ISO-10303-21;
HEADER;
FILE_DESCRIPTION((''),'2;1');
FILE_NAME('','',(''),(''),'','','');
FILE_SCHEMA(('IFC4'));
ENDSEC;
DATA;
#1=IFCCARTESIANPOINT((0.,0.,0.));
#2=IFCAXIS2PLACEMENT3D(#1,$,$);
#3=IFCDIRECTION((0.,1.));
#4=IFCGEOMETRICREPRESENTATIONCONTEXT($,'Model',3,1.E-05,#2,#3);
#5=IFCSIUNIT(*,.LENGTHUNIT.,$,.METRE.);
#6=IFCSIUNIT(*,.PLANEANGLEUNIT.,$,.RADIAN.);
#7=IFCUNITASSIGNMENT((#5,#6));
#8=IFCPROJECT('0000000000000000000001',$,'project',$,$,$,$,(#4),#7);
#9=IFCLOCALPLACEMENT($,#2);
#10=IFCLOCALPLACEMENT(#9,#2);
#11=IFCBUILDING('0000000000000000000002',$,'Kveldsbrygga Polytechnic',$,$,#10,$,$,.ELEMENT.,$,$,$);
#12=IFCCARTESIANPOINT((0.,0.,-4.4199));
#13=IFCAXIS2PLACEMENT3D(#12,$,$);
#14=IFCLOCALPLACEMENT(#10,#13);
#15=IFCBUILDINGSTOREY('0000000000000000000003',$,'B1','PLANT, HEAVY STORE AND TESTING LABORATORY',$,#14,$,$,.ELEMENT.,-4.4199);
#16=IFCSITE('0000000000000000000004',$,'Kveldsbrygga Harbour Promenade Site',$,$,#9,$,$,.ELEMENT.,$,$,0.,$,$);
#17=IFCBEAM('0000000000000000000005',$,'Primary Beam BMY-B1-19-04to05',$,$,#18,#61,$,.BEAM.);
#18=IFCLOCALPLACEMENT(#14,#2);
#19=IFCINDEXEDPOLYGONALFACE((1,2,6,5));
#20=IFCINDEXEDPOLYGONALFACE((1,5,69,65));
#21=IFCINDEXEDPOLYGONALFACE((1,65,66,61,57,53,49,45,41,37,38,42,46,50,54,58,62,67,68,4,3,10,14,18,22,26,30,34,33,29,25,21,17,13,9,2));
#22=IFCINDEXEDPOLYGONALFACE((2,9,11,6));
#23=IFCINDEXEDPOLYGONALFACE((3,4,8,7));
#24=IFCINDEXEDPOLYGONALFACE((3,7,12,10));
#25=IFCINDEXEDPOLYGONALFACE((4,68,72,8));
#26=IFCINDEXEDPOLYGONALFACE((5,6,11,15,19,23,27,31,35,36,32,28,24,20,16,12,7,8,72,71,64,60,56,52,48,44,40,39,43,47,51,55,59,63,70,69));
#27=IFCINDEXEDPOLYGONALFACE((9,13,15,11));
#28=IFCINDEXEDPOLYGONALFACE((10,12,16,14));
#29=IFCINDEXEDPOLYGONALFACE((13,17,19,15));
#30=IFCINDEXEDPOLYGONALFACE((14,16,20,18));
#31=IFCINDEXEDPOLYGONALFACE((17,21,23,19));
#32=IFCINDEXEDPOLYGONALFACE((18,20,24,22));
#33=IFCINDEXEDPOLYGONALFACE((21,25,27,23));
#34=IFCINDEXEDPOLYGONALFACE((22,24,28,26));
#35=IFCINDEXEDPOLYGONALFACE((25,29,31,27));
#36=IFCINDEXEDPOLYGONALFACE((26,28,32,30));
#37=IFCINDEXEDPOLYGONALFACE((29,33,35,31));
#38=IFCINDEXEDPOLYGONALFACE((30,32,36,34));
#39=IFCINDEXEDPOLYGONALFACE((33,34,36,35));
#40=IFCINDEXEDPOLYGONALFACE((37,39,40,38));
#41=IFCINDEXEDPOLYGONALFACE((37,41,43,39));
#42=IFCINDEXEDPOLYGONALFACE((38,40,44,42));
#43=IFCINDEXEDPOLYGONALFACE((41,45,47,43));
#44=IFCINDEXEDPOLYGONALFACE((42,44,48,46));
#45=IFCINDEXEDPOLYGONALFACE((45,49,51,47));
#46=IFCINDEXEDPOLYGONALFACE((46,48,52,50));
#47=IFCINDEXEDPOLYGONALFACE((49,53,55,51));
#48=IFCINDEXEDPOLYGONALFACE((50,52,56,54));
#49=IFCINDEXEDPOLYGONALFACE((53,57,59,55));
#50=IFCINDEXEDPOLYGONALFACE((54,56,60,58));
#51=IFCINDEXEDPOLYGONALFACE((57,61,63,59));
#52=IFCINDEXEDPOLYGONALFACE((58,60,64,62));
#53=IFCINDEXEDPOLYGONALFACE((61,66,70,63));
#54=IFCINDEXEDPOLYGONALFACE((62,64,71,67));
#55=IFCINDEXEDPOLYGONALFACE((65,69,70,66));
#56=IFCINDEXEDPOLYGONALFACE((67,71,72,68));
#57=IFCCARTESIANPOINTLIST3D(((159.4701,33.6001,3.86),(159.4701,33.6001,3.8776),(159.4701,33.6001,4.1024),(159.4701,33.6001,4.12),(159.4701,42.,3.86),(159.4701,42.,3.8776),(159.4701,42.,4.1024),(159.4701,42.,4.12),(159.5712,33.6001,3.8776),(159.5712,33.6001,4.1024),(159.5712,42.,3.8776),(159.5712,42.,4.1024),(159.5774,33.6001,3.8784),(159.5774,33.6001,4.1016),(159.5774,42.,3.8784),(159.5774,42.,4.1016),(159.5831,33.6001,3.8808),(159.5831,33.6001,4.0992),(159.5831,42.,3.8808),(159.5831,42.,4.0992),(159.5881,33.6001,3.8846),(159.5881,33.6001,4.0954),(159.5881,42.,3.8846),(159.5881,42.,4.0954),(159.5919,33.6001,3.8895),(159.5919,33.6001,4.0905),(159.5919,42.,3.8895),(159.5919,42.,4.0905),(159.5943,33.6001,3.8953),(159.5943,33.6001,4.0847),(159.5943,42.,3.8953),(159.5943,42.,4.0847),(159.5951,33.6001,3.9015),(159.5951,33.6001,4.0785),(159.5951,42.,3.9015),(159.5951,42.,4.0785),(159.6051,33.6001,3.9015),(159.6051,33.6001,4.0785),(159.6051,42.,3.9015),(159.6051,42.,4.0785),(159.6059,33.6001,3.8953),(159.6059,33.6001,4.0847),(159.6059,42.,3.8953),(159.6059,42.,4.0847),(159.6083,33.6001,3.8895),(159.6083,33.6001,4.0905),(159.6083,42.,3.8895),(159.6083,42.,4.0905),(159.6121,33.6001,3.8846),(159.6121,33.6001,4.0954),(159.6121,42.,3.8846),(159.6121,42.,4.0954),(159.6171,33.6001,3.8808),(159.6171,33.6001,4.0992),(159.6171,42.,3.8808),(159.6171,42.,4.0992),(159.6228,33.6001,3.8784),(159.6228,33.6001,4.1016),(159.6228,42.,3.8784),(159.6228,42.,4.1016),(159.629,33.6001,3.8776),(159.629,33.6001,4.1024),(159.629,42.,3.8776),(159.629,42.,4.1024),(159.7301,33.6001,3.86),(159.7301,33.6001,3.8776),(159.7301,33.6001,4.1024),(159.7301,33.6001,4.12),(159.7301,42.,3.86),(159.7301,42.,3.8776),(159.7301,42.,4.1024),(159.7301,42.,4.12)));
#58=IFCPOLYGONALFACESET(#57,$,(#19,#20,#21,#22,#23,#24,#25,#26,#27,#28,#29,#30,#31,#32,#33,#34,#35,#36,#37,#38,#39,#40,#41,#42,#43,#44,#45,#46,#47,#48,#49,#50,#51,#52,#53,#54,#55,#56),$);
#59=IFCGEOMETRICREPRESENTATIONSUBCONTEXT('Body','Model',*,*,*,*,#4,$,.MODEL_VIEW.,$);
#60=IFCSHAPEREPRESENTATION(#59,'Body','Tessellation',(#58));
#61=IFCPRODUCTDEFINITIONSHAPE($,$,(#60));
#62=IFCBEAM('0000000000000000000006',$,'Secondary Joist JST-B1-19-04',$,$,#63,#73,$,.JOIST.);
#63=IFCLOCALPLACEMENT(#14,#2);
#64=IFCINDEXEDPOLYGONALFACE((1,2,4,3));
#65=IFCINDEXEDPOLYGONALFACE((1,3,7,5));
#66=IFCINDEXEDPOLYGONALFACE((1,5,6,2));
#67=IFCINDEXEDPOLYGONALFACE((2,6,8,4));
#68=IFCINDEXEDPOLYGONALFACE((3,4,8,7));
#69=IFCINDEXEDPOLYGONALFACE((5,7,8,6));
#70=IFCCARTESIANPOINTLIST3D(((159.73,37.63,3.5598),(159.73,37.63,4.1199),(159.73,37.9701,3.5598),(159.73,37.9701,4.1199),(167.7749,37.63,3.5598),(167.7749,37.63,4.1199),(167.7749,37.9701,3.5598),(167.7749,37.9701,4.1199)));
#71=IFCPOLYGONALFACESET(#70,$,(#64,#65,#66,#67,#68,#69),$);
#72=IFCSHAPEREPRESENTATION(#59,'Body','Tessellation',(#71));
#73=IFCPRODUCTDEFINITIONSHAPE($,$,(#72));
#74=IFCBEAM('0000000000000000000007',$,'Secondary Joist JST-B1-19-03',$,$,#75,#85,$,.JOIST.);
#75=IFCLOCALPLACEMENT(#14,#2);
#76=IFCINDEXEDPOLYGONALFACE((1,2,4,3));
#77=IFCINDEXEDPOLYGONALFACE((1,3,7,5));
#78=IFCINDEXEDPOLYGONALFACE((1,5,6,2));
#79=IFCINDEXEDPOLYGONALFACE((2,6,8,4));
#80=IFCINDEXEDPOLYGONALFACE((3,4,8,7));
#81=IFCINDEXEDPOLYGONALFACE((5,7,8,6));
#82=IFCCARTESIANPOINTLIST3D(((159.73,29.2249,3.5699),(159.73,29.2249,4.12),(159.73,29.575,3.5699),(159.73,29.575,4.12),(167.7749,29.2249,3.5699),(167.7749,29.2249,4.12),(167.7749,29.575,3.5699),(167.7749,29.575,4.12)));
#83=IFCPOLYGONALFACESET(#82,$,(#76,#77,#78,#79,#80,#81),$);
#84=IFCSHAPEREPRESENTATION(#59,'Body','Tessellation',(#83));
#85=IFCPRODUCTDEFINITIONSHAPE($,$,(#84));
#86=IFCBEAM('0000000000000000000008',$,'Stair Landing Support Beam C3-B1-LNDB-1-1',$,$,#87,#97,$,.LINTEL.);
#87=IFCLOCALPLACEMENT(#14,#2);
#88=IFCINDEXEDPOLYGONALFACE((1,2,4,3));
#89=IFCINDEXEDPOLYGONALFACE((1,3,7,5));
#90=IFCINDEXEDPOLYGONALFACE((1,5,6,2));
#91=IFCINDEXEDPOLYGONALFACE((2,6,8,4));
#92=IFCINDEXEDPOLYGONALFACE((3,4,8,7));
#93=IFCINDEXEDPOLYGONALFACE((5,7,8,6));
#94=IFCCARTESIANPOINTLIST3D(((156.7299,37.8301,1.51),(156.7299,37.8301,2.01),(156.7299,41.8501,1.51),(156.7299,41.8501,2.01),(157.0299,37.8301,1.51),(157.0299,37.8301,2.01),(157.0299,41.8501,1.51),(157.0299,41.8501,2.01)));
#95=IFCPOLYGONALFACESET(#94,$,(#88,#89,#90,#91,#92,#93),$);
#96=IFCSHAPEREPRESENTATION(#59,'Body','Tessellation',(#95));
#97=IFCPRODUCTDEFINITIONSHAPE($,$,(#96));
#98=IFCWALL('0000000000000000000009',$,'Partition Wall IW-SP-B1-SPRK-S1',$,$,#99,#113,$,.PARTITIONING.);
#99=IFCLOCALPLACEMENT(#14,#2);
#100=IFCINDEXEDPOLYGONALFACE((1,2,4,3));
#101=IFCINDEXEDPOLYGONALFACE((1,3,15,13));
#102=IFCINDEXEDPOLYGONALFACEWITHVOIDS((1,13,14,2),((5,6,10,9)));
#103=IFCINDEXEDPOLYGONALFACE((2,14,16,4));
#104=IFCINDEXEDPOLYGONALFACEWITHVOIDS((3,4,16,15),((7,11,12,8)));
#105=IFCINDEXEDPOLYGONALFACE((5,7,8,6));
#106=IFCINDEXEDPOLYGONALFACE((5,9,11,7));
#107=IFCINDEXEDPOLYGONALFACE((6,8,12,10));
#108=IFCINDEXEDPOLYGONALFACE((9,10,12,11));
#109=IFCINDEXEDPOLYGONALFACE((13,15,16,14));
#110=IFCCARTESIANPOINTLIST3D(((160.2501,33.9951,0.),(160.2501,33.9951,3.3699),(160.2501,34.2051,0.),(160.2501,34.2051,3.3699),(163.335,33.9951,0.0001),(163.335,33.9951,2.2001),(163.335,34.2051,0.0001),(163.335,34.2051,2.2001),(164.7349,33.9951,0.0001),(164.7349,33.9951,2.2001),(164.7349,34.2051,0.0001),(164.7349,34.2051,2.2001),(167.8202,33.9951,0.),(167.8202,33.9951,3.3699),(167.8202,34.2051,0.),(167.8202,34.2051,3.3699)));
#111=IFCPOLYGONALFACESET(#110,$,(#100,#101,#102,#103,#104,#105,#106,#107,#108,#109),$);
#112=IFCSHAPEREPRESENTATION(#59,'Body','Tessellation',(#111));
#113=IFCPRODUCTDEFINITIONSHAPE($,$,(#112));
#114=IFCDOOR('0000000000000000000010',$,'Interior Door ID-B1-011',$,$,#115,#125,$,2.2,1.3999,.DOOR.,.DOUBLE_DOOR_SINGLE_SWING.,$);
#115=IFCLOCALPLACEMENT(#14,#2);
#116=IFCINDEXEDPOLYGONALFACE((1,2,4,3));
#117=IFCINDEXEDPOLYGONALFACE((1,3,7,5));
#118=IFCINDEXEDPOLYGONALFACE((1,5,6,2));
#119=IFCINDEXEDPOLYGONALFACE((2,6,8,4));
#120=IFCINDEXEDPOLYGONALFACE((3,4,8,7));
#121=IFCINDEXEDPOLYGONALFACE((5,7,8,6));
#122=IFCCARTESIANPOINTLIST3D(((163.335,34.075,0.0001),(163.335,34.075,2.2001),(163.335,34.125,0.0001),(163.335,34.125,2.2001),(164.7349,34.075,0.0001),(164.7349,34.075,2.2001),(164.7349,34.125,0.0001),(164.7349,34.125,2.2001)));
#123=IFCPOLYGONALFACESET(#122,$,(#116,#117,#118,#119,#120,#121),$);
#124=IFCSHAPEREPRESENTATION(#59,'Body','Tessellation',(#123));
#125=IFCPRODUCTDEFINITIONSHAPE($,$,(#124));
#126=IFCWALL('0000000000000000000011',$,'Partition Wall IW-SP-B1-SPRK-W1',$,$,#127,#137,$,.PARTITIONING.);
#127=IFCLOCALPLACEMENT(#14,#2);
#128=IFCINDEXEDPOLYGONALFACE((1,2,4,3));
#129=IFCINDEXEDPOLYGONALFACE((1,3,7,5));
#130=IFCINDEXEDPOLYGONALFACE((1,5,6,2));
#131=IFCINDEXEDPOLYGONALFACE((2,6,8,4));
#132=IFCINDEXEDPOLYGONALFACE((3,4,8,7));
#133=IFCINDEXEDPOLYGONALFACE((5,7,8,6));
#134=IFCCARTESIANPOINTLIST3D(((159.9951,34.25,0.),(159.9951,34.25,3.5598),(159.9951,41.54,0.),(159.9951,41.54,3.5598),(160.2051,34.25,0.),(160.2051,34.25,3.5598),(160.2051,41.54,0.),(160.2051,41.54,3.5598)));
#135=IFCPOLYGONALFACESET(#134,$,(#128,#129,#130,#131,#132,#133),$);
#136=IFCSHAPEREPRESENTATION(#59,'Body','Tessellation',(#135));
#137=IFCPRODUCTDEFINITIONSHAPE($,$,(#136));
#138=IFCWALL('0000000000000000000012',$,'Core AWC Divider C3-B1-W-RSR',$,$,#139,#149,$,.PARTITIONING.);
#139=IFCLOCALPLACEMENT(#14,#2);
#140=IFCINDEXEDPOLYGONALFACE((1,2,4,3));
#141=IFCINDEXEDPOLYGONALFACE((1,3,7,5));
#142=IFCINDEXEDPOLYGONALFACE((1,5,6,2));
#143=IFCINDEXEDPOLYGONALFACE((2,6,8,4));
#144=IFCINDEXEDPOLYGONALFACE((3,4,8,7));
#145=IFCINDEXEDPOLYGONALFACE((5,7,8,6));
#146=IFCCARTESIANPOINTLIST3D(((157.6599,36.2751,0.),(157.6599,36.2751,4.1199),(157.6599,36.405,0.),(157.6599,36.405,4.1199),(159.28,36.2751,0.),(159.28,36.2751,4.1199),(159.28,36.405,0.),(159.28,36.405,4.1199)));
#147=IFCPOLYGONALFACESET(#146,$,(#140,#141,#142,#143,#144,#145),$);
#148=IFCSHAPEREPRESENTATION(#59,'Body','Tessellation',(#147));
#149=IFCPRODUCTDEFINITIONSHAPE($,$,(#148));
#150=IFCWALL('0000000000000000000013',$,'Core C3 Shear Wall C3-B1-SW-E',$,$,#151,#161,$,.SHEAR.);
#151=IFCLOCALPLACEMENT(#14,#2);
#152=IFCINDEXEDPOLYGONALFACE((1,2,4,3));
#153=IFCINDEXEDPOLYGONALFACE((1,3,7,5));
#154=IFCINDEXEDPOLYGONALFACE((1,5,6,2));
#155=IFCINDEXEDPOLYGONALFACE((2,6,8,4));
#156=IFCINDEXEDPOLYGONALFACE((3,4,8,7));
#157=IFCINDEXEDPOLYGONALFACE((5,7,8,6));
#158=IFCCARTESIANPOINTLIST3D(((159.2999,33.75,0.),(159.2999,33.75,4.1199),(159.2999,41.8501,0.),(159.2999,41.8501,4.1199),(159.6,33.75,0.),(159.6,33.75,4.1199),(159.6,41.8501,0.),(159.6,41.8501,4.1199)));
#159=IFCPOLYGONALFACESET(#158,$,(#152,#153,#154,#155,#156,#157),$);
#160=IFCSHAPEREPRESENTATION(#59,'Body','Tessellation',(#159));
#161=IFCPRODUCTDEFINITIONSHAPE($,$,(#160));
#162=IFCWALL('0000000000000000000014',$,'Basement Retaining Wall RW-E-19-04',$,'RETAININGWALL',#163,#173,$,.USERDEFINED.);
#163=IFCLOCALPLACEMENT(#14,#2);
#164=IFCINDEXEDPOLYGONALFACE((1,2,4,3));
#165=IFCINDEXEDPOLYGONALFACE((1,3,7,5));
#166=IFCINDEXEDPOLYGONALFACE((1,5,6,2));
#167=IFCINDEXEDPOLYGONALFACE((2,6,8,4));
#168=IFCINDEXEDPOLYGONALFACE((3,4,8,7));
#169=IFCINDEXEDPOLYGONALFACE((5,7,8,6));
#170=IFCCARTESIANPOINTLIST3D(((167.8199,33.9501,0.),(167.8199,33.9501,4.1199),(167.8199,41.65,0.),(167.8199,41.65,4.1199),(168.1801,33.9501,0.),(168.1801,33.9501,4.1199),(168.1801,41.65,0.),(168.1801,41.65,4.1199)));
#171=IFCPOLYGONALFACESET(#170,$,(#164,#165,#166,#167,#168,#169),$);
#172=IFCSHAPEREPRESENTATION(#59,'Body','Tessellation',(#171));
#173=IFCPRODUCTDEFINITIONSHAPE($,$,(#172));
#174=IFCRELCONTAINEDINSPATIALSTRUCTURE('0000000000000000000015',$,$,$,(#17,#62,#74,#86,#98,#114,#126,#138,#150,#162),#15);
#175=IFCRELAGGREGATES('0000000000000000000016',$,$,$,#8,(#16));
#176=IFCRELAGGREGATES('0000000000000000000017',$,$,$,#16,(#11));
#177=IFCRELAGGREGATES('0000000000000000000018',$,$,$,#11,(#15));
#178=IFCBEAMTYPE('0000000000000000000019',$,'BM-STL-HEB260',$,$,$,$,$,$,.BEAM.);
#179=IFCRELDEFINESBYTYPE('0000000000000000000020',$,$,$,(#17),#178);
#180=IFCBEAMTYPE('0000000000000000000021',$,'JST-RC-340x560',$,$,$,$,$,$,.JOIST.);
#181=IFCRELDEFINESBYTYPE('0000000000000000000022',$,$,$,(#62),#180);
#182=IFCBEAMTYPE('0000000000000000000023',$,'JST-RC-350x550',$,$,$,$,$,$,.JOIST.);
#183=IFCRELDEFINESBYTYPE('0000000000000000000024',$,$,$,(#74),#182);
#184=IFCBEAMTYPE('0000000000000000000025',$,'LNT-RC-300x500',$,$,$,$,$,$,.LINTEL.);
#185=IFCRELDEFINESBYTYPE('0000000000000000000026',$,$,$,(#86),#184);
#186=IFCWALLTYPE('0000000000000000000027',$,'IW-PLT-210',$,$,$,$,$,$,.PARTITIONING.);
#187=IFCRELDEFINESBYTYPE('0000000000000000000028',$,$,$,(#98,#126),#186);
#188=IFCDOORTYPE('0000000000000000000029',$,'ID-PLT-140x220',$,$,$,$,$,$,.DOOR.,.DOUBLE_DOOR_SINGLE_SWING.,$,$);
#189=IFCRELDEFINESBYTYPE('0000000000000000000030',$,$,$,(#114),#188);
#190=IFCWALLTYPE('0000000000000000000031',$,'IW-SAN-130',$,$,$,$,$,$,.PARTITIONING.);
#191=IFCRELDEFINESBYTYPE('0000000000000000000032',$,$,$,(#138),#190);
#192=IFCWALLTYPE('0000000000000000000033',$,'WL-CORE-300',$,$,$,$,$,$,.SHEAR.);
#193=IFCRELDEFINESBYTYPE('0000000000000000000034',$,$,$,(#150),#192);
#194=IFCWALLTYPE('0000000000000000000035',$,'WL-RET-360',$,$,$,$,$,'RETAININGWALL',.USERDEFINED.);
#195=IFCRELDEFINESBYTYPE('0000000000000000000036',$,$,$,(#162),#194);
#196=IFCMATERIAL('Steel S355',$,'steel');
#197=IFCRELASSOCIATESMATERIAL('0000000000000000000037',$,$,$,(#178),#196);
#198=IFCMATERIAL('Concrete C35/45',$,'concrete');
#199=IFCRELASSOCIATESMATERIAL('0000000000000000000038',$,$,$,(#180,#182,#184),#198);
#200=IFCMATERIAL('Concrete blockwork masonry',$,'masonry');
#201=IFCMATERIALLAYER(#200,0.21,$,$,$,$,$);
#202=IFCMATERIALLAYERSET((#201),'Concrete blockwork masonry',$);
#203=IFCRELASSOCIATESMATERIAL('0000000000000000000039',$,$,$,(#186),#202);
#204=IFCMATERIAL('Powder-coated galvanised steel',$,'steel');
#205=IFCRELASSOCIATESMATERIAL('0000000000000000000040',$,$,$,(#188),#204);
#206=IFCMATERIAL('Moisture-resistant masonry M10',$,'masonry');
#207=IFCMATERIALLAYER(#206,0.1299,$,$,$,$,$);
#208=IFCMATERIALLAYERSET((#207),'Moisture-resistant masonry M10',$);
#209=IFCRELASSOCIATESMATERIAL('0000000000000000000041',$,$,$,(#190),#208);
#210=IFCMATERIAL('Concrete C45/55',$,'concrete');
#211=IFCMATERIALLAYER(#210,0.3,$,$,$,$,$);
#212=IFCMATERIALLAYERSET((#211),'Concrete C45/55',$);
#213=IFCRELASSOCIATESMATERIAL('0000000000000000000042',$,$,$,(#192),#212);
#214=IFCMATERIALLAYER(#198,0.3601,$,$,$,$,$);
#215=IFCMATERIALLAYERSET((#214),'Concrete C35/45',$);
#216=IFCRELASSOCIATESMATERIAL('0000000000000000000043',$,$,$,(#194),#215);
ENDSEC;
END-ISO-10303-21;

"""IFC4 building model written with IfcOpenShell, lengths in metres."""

from ifc_helpers import new_model, si_unit, direction, frame, frame_2d, origin, origin_2d, place, context, subcontext, project, spatial, rectangle, i_section, extrude, material, layer, layer_set, material_profile, profile_set, type_object, element, fill, save


model = new_model("IFC4")

# Units and contexts
model_context = context("Model", 3, precision=1e-05, world=origin(), true_north=direction((0.0, 1.0)))
body_context = subcontext(model_context, "Body", "Model", "MODEL_VIEW")
ifc_project = project(units=[si_unit("LENGTHUNIT", "METRE"), si_unit("PLANEANGLEUNIT", "RADIAN")], contexts=[model_context])

# Site, building, storey
site_placement = place(None, origin())
site = spatial("IfcSite", under=ifc_project, at=site_placement, Name="Kveldsbrygga Harbour Promenade Site", CompositionType="ELEMENT", RefElevation=0.0)
building_placement = place(site_placement, origin())
building = spatial("IfcBuilding", under=site, at=building_placement, Name="Kveldsbrygga Polytechnic", CompositionType="ELEMENT")
storey_placement = place(building_placement, frame((0.0, 0.0, -4.4199)))
storey = spatial("IfcBuildingStorey", under=building, at=storey_placement, Name="B1", Description="PLANT, HEAVY STORE AND TESTING LABORATORY", CompositionType="ELEMENT", Elevation=-4.4199)

# Shared definitions
ifc_material_1 = material(Name="Concrete C45/55", Category="concrete")

# Beams
ifc_material_2 = material(Name="Concrete C35/45", Category="concrete")
ifc_material_3 = material(Name="Steel S355", Category="steel")
ifc_material_profile_1 = material_profile(ifc_material_3, i_section(OverallWidth=0.26, OverallDepth=0.26, WebThickness=0.01, FlangeThickness=0.0176, FilletRadius=0.0239, at=origin_2d()), Name="HEB 260")
ifc_profile_set_1 = profile_set([ifc_material_profile_1], Name="Steel S355")
beam_type_1 = type_object("IfcBeamType", Name="BM-STL-HEB260", PredefinedType="BEAM", material=ifc_profile_set_1)
beam_1_placement = place(storey_placement, frame((159.6001, 33.6001, 3.99), z_axis=(0.0, 1.0, 0.0), x_axis=(-1.0, 0.0, 0.0)))
element("IfcBeam", 1, at=beam_1_placement, inside=storey, type_object=beam_type_1, Name="Primary Beam BMY-B1-19-04to05", PredefinedType="BEAM", context=body_context, shape_type="SweptSolid", body=[
    extrude(i_section(OverallWidth=0.26, OverallDepth=0.26, WebThickness=0.01, FlangeThickness=0.0176, FilletRadius=0.0239, at=origin_2d()), origin(), (0.0, 0.0, 1.0), 8.3999),
])
ifc_material_profile_2 = material_profile(ifc_material_2, rectangle(XDim=0.3401, YDim=0.5601, at=origin_2d()), Name="RC 340x560")
ifc_profile_set_2 = profile_set([ifc_material_profile_2], Name="Concrete C35/45")
beam_type_2 = type_object("IfcBeamType", Name="JST-RC-340x560", PredefinedType="JOIST", material=ifc_profile_set_2)
beam_2_placement = place(storey_placement, frame((159.73, 37.8, 3.8398), z_axis=(1.0, 0.0, 0.0), x_axis=(0.0, 1.0, 0.0)))
element("IfcBeam", 2, at=beam_2_placement, inside=storey, type_object=beam_type_2, Name="Secondary Joist JST-B1-19-04", PredefinedType="JOIST", context=body_context, shape_type="SweptSolid", body=[
    extrude(rectangle(XDim=0.3401, YDim=0.5601, at=origin_2d()), origin(), (0.0, 0.0, 1.0), 8.0449),
])
ifc_material_profile_3 = material_profile(ifc_material_2, rectangle(XDim=0.3501, YDim=0.55, at=origin_2d()), Name="RC 350x550")
ifc_profile_set_3 = profile_set([ifc_material_profile_3], Name="Concrete C35/45")
beam_type_3 = type_object("IfcBeamType", Name="JST-RC-350x550", PredefinedType="JOIST", material=ifc_profile_set_3)
beam_3_placement = place(storey_placement, frame((159.73, 29.3999, 3.845), z_axis=(1.0, 0.0, 0.0), x_axis=(0.0, 1.0, 0.0)))
element("IfcBeam", 3, at=beam_3_placement, inside=storey, type_object=beam_type_3, Name="Secondary Joist JST-B1-19-03", PredefinedType="JOIST", context=body_context, shape_type="SweptSolid", body=[
    extrude(rectangle(XDim=0.3501, YDim=0.55, at=origin_2d()), origin(), (0.0, 0.0, 1.0), 8.0449),
])
ifc_material_profile_4 = material_profile(ifc_material_2, rectangle(XDim=0.3, YDim=0.5, at=origin_2d()), Name="RC 300x500")
ifc_profile_set_4 = profile_set([ifc_material_profile_4], Name="Concrete C35/45")
beam_type_4 = type_object("IfcBeamType", Name="LNT-RC-300x500", PredefinedType="LINTEL", material=ifc_profile_set_4)
beam_4_placement = place(storey_placement, frame((156.8799, 37.8301, 1.76), z_axis=(0.0, 1.0, 0.0), x_axis=(-1.0, 0.0, 0.0)))
element("IfcBeam", 4, at=beam_4_placement, inside=storey, type_object=beam_type_4, Name="Stair Landing Support Beam C3-B1-LNDB-1-1", PredefinedType="LINTEL", context=body_context, shape_type="SweptSolid", body=[
    extrude(rectangle(XDim=0.3, YDim=0.5, at=origin_2d()), origin(), (0.0, 0.0, 1.0), 4.02),
])

# Wall, opening, door
ifc_material_4 = material(Name="Concrete blockwork masonry", Category="masonry")
ifc_layer_1 = layer(ifc_material_4, 0.21)
ifc_layer_set_1 = layer_set([ifc_layer_1], Name="Concrete blockwork masonry")
wall_type_1 = type_object("IfcWallType", Name="IW-PLT-210", PredefinedType="PARTITIONING", material=ifc_layer_set_1)
wall_1_placement = place(storey_placement, frame((160.25, 34.1001, 0.0), z_axis=(0.0, 0.0, 1.0), x_axis=(1.0, 0.0, 0.0)))
wall_1 = element("IfcWall", 5, at=wall_1_placement, inside=storey, type_object=wall_type_1, Name="Partition Wall IW-SP-B1-SPRK-S1", PredefinedType="PARTITIONING", context=body_context, shape_type="SweptSolid", body=[
    extrude(rectangle(XDim=7.5701, YDim=0.21, at=frame_2d((3.7852, 0.0))), origin(), (0.0, 0.0, 1.0), 3.3699),
])
opening_placement = place(wall_1_placement, frame((3.085, 0.0, 0.0)))
opening = element("IfcOpeningElement", 6, at=opening_placement, cuts=wall_1, PredefinedType="OPENING", context=body_context, shape_type="SweptSolid", body=[
    extrude(rectangle(XDim=1.3999, YDim=2.2, at=frame_2d((0.7, 1.1001))), frame((0.0, 0.115, 0.0), z_axis=(0.0, -1.0, 0.0), x_axis=(1.0, 0.0, 0.0)), (0.0, 0.0, 1.0), 0.23),
])
ifc_material_5 = material(Name="Powder-coated galvanised steel", Category="steel")
door_type = type_object("IfcDoorType", Name="ID-PLT-140x220", OperationType="DOUBLE_DOOR_SINGLE_SWING", PredefinedType="DOOR", material=ifc_material_5)
door_placement = place(opening_placement, origin())
door = element("IfcDoor", 7, at=door_placement, inside=storey, type_object=door_type, Name="Interior Door ID-B1-011", OperationType="DOUBLE_DOOR_SINGLE_SWING", OverallHeight=2.2, OverallWidth=1.3999, PredefinedType="DOOR", context=body_context, shape_type="SweptSolid", body=[
    extrude(rectangle(XDim=1.3999, YDim=2.2, at=frame_2d((0.7, 1.1001))), frame((0.0, 0.0249, 0.0), z_axis=(0.0, -1.0, 0.0), x_axis=(1.0, 0.0, 0.0)), (0.0, 0.0, 1.0), 0.05),
])
fill(opening, door)

# Walls
wall_2_placement = place(storey_placement, frame((160.1001, 34.25, 0.0), z_axis=(0.0, 0.0, 1.0), x_axis=(0.0, 1.0, 0.0)))
element("IfcWall", 8, at=wall_2_placement, inside=storey, type_object=wall_type_1, Name="Partition Wall IW-SP-B1-SPRK-W1", PredefinedType="PARTITIONING", context=body_context, shape_type="SweptSolid", body=[
    extrude(rectangle(XDim=7.29, YDim=0.21, at=frame_2d((3.645, 0.0))), origin(), (0.0, 0.0, 1.0), 3.5598),
])
ifc_material_6 = material(Name="Moisture-resistant masonry M10", Category="masonry")
ifc_layer_2 = layer(ifc_material_6, 0.1299)
ifc_layer_set_2 = layer_set([ifc_layer_2], Name="Moisture-resistant masonry M10")
wall_type_2 = type_object("IfcWallType", Name="IW-SAN-130", PredefinedType="PARTITIONING", material=ifc_layer_set_2)
wall_3_placement = place(storey_placement, frame((157.6599, 36.3401, 0.0), z_axis=(0.0, 0.0, 1.0), x_axis=(1.0, 0.0, 0.0)))
element("IfcWall", 9, at=wall_3_placement, inside=storey, type_object=wall_type_2, Name="Core AWC Divider C3-B1-W-RSR", PredefinedType="PARTITIONING", context=body_context, shape_type="SweptSolid", body=[
    extrude(rectangle(XDim=1.6201, YDim=0.1299, at=frame_2d((0.8101, 0.0))), origin(), (0.0, 0.0, 1.0), 4.1199),
])
ifc_layer_3 = layer(ifc_material_1, 0.3)
ifc_layer_set_3 = layer_set([ifc_layer_3], Name="Concrete C45/55")
wall_type_3 = type_object("IfcWallType", Name="WL-CORE-300", PredefinedType="SHEAR", material=ifc_layer_set_3)
wall_4_placement = place(storey_placement, frame((159.45, 33.75, 0.0), z_axis=(0.0, 0.0, 1.0), x_axis=(0.0, 1.0, 0.0)))
element("IfcWall", 10, at=wall_4_placement, inside=storey, type_object=wall_type_3, Name="Core C3 Shear Wall C3-B1-SW-E", PredefinedType="SHEAR", context=body_context, shape_type="SweptSolid", body=[
    extrude(rectangle(XDim=8.1001, YDim=0.3, at=frame_2d((4.05, 0.0))), origin(), (0.0, 0.0, 1.0), 4.1199),
])
ifc_layer_4 = layer(ifc_material_2, 0.3601)
ifc_layer_set_4 = layer_set([ifc_layer_4], Name="Concrete C35/45")
wall_type_4 = type_object("IfcWallType", Name="WL-RET-360", ElementType="RETAININGWALL", PredefinedType="USERDEFINED", material=ifc_layer_set_4)
wall_5_placement = place(storey_placement, frame((168.0, 33.95, 0.0), z_axis=(0.0, 0.0, 1.0), x_axis=(0.0, 1.0, 0.0)))
element("IfcWall", 11, at=wall_5_placement, inside=storey, type_object=wall_type_4, Name="Basement Retaining Wall RW-E-19-04", ObjectType="RETAININGWALL", PredefinedType="USERDEFINED", context=body_context, shape_type="SweptSolid", body=[
    extrude(rectangle(XDim=7.7, YDim=0.3601, at=frame_2d((3.8501, 0.0))), origin(), (0.0, 0.0, 1.0), 4.1199),
])

save(model, "model.ifc")
